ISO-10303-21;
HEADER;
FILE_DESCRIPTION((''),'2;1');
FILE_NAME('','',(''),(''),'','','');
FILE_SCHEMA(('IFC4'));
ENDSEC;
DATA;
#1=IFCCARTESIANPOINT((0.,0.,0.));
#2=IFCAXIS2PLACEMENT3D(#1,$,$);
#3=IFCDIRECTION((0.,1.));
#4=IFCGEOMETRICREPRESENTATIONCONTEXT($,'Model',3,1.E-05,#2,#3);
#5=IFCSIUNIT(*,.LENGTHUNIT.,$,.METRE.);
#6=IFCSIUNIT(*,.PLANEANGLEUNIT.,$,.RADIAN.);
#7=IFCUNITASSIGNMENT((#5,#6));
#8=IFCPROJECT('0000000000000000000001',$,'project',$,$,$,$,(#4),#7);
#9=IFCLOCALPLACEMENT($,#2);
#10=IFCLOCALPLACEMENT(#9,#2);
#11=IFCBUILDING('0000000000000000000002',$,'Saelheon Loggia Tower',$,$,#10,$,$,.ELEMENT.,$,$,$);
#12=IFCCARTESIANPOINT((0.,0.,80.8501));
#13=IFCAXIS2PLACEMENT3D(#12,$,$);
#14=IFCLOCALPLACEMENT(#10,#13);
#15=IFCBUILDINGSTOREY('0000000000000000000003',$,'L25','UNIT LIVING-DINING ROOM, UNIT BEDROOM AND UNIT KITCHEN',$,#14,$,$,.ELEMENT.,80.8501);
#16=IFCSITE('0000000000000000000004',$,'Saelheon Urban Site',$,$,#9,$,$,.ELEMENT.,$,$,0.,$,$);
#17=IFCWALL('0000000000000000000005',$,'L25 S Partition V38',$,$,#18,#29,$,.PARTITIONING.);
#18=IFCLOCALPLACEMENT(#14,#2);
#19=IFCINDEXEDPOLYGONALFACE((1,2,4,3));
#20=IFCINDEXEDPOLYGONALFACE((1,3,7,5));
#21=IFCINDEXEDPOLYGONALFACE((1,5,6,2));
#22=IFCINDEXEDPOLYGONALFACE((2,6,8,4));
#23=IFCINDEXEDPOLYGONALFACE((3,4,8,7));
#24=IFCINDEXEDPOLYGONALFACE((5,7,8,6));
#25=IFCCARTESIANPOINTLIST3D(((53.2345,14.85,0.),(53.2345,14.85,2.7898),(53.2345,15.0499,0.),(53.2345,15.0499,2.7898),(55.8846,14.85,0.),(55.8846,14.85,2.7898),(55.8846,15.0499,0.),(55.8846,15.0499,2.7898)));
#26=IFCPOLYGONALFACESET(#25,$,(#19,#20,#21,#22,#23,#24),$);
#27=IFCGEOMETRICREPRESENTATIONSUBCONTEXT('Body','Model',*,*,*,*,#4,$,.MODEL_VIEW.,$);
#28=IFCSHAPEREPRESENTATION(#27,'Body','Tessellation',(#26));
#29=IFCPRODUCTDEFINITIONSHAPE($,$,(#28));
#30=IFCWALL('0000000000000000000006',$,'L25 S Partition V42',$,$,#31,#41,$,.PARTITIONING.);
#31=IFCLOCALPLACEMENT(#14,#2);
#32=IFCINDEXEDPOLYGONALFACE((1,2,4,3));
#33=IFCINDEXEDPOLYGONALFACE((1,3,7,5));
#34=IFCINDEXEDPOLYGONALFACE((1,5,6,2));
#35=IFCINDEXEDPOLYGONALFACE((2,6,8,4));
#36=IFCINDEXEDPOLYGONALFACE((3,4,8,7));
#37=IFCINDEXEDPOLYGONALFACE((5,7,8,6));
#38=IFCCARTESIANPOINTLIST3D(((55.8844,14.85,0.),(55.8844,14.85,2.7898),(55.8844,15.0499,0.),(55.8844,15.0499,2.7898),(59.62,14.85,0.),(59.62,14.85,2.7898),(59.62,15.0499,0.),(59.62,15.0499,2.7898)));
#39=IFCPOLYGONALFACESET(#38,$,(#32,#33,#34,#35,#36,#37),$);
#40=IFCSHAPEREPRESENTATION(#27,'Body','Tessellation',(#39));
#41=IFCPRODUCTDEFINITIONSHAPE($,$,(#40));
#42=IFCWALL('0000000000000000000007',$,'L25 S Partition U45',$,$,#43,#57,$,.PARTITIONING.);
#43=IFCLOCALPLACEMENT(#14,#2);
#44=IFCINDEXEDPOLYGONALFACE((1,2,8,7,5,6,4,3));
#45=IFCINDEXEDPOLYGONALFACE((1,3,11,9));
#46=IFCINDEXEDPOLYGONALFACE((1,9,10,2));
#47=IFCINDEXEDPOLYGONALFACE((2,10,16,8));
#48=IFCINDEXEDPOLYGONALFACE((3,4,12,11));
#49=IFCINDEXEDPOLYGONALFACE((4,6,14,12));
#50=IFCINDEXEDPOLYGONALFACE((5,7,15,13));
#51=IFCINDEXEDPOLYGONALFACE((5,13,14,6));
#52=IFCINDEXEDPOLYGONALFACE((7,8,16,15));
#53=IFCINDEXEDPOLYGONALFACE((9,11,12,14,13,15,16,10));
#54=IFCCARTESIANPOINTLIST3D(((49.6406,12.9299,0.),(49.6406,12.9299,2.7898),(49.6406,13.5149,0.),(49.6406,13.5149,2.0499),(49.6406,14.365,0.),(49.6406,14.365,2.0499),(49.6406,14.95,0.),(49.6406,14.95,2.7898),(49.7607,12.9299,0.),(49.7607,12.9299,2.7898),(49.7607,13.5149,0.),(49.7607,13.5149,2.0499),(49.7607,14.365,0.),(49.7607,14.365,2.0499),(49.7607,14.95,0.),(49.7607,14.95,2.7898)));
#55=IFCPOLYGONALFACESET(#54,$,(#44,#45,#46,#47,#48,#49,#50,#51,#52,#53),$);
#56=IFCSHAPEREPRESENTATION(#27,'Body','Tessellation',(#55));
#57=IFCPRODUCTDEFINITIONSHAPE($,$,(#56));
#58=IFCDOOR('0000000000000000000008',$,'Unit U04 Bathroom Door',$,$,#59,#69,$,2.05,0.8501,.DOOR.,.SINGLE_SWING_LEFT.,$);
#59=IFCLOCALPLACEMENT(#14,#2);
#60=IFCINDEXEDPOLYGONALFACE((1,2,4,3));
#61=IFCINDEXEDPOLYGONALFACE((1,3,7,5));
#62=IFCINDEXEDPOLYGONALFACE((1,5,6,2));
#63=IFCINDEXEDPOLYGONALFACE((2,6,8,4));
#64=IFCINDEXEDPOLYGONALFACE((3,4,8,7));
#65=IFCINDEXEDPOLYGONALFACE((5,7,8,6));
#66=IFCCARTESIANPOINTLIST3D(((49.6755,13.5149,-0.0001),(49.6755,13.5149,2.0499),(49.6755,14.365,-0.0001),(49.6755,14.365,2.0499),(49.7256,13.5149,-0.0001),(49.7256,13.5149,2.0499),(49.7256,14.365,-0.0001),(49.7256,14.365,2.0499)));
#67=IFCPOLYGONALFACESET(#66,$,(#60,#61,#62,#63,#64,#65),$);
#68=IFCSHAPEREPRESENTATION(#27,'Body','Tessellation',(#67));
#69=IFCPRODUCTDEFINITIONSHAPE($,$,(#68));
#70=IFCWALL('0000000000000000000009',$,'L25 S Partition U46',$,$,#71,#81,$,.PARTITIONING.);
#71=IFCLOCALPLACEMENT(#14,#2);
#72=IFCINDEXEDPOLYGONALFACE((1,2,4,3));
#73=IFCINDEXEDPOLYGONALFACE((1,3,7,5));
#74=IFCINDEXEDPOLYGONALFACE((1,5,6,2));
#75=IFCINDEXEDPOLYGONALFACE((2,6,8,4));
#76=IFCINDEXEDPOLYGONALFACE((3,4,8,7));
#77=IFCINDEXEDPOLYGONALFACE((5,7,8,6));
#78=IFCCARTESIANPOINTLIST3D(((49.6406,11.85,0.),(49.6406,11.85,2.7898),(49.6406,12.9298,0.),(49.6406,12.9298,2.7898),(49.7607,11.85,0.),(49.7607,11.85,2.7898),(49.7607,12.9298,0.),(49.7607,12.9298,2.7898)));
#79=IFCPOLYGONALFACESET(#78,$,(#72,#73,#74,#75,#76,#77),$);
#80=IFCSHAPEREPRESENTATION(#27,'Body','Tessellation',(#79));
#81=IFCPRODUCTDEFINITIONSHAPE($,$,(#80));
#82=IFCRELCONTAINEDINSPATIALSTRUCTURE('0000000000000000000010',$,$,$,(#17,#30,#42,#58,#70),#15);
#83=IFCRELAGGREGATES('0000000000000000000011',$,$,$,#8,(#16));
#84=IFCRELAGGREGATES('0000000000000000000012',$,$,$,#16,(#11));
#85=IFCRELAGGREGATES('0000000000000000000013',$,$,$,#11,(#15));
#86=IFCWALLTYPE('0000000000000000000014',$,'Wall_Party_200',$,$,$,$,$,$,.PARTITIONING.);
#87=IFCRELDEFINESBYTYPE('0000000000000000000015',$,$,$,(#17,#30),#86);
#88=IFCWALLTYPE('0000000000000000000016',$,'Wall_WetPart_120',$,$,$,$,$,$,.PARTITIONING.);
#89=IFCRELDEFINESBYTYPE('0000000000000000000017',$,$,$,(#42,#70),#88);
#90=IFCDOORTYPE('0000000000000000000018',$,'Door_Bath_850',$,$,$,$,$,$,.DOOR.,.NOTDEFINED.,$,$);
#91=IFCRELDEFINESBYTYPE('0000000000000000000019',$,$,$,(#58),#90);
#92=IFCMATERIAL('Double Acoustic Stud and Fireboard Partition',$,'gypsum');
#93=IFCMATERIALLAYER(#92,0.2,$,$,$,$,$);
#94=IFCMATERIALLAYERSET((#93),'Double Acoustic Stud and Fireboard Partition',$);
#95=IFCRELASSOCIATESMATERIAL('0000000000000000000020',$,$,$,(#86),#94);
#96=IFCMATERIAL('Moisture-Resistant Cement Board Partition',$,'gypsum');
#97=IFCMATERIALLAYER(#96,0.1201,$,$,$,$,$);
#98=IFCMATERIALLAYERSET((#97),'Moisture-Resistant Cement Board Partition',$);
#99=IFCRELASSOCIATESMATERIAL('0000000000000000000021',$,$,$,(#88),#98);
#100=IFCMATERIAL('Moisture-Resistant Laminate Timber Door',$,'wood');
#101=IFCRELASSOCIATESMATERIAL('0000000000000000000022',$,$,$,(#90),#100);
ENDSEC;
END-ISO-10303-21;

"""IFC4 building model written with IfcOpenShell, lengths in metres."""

from ifc_helpers import new_model, si_unit, direction, frame, frame_2d, origin, place, context, subcontext, project, spatial, rectangle, extrude, source, transform, mapped, material, layer, layer_set, type_object, element, fill, save


model = new_model("IFC4")

# Units and contexts
model_context = context("Model", 3, precision=1e-05, world=origin(), true_north=direction((0.0, 1.0)))
body_context = subcontext(model_context, "Body", "Model", "MODEL_VIEW")
ifc_project = project(units=[si_unit("LENGTHUNIT", "METRE"), si_unit("PLANEANGLEUNIT", "RADIAN")], contexts=[model_context])

# Site, building, storey
site_placement = place(None, origin())
site = spatial("IfcSite", under=ifc_project, at=site_placement, Name="Saelheon Urban Site", CompositionType="ELEMENT", RefElevation=0.0)
building_placement = place(site_placement, origin())
building = spatial("IfcBuilding", under=site, at=building_placement, Name="Saelheon Loggia Tower", CompositionType="ELEMENT")
storey_placement = place(building_placement, frame((0.0, 0.0, 80.8501)))
storey = spatial("IfcBuildingStorey", under=building, at=storey_placement, Name="L25", Description="UNIT LIVING-DINING ROOM, UNIT BEDROOM AND UNIT KITCHEN", CompositionType="ELEMENT", Elevation=80.8501)

# Shared definitions
ifc_material_1 = material(Name="Double Acoustic Stud and Fireboard Partition", Category="gypsum")
ifc_layer_1 = layer(ifc_material_1, 0.2)
ifc_layer_set_1 = layer_set([ifc_layer_1], Name="Double Acoustic Stud and Fireboard Partition")
wall_type_1 = type_object("IfcWallType", Name="Wall_Party_200", PredefinedType="PARTITIONING", material=ifc_layer_set_1)

# Walls
wall_1_placement = place(storey_placement, frame((53.2344, 14.95, 0.0), z_axis=(0.0, 0.0, 1.0), x_axis=(1.0, 0.0, 0.0)))
element("IfcWall", 1, at=wall_1_placement, inside=storey, type_object=wall_type_1, Name="L25 S Partition V38", PredefinedType="PARTITIONING", context=body_context, shape_type="SweptSolid", body=[
    extrude(rectangle(XDim=2.6501, YDim=0.2, at=frame_2d((1.3252, 0.0))), origin(), (0.0, 0.0, 1.0), 2.7898),
])
wall_2_placement = place(storey_placement, frame((55.8845, 14.95, 0.0), z_axis=(0.0, 0.0, 1.0), x_axis=(1.0, 0.0, 0.0)))
element("IfcWall", 2, at=wall_2_placement, inside=storey, type_object=wall_type_1, Name="L25 S Partition V42", PredefinedType="PARTITIONING", context=body_context, shape_type="SweptSolid", body=[
    extrude(rectangle(XDim=3.7356, YDim=0.2, at=frame_2d((1.8677, 0.0))), origin(), (0.0, 0.0, 1.0), 2.7898),
])

# Wall, opening, door
ifc_material_2 = material(Name="Moisture-Resistant Cement Board Partition", Category="gypsum")
ifc_layer_2 = layer(ifc_material_2, 0.1201)
ifc_layer_set_2 = layer_set([ifc_layer_2], Name="Moisture-Resistant Cement Board Partition")
wall_type_2 = type_object("IfcWallType", Name="Wall_WetPart_120", PredefinedType="PARTITIONING", material=ifc_layer_set_2)
wall_3_placement = place(storey_placement, frame((49.7007, 14.95, 0.0), z_axis=(0.0, 0.0, 1.0), x_axis=(0.0, -1.0, 0.0)))
wall_3 = element("IfcWall", 3, at=wall_3_placement, inside=storey, type_object=wall_type_2, Name="L25 S Partition U45", PredefinedType="PARTITIONING", context=body_context, shape_type="SweptSolid", body=[
    extrude(rectangle(XDim=2.02, YDim=0.1201, at=frame_2d((1.01, 0.0))), origin(), (0.0, 0.0, 1.0), 2.7898),
])
opening_1_placement = place(wall_3_placement, frame((0.585, 0.0, 0.0)))
opening_1 = element("IfcOpeningElement", 4, at=opening_1_placement, cuts=wall_3, PredefinedType="OPENING", context=body_context, shape_type="SweptSolid", body=[
    extrude(rectangle(XDim=0.8501, YDim=2.05, at=frame_2d((0.425, 1.0249))), frame((0.0, 0.072, 0.0), z_axis=(0.0, -1.0, 0.0), x_axis=(1.0, 0.0, 0.0)), (0.0, 0.0, 1.0), 0.144),
])
ifc_material_3 = material(Name="Moisture-Resistant Laminate Timber Door", Category="wood")
door_type_1 = type_object("IfcDoorType", Name="Door_Bath_850", OperationType="NOTDEFINED", PredefinedType="DOOR", material=ifc_material_3)
shared_shape_1 = source(origin(), body_context, "Body", "SweptSolid", [
    extrude(rectangle(XDim=0.8501, YDim=2.05, at=frame_2d((0.425, 1.0249))), frame((0.0, 0.0249, 0.0), z_axis=(0.0, -1.0, 0.0), x_axis=(1.0, 0.0, 0.0)), (0.0, 0.0, 1.0), 0.05),
])
door_1_placement = place(opening_1_placement, origin())
door_1 = element("IfcDoor", 5, at=door_1_placement, inside=storey, type_object=door_type_1, Name="Unit U04 Bathroom Door", OperationType="SINGLE_SWING_LEFT", OverallHeight=2.05, OverallWidth=0.8501, PredefinedType="DOOR", context=body_context, shape_type="MappedRepresentation", body=[
    mapped(shared_shape_1, transform((0.0, 0.0, 0.0), scale=1.0)),
])
fill(opening_1, door_1)

# Wall
wall_4_placement = place(storey_placement, frame((49.7007, 12.9299, 0.0), z_axis=(0.0, 0.0, 1.0), x_axis=(0.0, -1.0, 0.0)))
element("IfcWall", 6, at=wall_4_placement, inside=storey, type_object=wall_type_2, Name="L25 S Partition U46", PredefinedType="PARTITIONING", context=body_context, shape_type="SweptSolid", body=[
    extrude(rectangle(XDim=1.0798, YDim=0.1201, at=frame_2d((0.54, 0.0))), origin(), (0.0, 0.0, 1.0), 2.7898),
])

save(model, "model.ifc")
